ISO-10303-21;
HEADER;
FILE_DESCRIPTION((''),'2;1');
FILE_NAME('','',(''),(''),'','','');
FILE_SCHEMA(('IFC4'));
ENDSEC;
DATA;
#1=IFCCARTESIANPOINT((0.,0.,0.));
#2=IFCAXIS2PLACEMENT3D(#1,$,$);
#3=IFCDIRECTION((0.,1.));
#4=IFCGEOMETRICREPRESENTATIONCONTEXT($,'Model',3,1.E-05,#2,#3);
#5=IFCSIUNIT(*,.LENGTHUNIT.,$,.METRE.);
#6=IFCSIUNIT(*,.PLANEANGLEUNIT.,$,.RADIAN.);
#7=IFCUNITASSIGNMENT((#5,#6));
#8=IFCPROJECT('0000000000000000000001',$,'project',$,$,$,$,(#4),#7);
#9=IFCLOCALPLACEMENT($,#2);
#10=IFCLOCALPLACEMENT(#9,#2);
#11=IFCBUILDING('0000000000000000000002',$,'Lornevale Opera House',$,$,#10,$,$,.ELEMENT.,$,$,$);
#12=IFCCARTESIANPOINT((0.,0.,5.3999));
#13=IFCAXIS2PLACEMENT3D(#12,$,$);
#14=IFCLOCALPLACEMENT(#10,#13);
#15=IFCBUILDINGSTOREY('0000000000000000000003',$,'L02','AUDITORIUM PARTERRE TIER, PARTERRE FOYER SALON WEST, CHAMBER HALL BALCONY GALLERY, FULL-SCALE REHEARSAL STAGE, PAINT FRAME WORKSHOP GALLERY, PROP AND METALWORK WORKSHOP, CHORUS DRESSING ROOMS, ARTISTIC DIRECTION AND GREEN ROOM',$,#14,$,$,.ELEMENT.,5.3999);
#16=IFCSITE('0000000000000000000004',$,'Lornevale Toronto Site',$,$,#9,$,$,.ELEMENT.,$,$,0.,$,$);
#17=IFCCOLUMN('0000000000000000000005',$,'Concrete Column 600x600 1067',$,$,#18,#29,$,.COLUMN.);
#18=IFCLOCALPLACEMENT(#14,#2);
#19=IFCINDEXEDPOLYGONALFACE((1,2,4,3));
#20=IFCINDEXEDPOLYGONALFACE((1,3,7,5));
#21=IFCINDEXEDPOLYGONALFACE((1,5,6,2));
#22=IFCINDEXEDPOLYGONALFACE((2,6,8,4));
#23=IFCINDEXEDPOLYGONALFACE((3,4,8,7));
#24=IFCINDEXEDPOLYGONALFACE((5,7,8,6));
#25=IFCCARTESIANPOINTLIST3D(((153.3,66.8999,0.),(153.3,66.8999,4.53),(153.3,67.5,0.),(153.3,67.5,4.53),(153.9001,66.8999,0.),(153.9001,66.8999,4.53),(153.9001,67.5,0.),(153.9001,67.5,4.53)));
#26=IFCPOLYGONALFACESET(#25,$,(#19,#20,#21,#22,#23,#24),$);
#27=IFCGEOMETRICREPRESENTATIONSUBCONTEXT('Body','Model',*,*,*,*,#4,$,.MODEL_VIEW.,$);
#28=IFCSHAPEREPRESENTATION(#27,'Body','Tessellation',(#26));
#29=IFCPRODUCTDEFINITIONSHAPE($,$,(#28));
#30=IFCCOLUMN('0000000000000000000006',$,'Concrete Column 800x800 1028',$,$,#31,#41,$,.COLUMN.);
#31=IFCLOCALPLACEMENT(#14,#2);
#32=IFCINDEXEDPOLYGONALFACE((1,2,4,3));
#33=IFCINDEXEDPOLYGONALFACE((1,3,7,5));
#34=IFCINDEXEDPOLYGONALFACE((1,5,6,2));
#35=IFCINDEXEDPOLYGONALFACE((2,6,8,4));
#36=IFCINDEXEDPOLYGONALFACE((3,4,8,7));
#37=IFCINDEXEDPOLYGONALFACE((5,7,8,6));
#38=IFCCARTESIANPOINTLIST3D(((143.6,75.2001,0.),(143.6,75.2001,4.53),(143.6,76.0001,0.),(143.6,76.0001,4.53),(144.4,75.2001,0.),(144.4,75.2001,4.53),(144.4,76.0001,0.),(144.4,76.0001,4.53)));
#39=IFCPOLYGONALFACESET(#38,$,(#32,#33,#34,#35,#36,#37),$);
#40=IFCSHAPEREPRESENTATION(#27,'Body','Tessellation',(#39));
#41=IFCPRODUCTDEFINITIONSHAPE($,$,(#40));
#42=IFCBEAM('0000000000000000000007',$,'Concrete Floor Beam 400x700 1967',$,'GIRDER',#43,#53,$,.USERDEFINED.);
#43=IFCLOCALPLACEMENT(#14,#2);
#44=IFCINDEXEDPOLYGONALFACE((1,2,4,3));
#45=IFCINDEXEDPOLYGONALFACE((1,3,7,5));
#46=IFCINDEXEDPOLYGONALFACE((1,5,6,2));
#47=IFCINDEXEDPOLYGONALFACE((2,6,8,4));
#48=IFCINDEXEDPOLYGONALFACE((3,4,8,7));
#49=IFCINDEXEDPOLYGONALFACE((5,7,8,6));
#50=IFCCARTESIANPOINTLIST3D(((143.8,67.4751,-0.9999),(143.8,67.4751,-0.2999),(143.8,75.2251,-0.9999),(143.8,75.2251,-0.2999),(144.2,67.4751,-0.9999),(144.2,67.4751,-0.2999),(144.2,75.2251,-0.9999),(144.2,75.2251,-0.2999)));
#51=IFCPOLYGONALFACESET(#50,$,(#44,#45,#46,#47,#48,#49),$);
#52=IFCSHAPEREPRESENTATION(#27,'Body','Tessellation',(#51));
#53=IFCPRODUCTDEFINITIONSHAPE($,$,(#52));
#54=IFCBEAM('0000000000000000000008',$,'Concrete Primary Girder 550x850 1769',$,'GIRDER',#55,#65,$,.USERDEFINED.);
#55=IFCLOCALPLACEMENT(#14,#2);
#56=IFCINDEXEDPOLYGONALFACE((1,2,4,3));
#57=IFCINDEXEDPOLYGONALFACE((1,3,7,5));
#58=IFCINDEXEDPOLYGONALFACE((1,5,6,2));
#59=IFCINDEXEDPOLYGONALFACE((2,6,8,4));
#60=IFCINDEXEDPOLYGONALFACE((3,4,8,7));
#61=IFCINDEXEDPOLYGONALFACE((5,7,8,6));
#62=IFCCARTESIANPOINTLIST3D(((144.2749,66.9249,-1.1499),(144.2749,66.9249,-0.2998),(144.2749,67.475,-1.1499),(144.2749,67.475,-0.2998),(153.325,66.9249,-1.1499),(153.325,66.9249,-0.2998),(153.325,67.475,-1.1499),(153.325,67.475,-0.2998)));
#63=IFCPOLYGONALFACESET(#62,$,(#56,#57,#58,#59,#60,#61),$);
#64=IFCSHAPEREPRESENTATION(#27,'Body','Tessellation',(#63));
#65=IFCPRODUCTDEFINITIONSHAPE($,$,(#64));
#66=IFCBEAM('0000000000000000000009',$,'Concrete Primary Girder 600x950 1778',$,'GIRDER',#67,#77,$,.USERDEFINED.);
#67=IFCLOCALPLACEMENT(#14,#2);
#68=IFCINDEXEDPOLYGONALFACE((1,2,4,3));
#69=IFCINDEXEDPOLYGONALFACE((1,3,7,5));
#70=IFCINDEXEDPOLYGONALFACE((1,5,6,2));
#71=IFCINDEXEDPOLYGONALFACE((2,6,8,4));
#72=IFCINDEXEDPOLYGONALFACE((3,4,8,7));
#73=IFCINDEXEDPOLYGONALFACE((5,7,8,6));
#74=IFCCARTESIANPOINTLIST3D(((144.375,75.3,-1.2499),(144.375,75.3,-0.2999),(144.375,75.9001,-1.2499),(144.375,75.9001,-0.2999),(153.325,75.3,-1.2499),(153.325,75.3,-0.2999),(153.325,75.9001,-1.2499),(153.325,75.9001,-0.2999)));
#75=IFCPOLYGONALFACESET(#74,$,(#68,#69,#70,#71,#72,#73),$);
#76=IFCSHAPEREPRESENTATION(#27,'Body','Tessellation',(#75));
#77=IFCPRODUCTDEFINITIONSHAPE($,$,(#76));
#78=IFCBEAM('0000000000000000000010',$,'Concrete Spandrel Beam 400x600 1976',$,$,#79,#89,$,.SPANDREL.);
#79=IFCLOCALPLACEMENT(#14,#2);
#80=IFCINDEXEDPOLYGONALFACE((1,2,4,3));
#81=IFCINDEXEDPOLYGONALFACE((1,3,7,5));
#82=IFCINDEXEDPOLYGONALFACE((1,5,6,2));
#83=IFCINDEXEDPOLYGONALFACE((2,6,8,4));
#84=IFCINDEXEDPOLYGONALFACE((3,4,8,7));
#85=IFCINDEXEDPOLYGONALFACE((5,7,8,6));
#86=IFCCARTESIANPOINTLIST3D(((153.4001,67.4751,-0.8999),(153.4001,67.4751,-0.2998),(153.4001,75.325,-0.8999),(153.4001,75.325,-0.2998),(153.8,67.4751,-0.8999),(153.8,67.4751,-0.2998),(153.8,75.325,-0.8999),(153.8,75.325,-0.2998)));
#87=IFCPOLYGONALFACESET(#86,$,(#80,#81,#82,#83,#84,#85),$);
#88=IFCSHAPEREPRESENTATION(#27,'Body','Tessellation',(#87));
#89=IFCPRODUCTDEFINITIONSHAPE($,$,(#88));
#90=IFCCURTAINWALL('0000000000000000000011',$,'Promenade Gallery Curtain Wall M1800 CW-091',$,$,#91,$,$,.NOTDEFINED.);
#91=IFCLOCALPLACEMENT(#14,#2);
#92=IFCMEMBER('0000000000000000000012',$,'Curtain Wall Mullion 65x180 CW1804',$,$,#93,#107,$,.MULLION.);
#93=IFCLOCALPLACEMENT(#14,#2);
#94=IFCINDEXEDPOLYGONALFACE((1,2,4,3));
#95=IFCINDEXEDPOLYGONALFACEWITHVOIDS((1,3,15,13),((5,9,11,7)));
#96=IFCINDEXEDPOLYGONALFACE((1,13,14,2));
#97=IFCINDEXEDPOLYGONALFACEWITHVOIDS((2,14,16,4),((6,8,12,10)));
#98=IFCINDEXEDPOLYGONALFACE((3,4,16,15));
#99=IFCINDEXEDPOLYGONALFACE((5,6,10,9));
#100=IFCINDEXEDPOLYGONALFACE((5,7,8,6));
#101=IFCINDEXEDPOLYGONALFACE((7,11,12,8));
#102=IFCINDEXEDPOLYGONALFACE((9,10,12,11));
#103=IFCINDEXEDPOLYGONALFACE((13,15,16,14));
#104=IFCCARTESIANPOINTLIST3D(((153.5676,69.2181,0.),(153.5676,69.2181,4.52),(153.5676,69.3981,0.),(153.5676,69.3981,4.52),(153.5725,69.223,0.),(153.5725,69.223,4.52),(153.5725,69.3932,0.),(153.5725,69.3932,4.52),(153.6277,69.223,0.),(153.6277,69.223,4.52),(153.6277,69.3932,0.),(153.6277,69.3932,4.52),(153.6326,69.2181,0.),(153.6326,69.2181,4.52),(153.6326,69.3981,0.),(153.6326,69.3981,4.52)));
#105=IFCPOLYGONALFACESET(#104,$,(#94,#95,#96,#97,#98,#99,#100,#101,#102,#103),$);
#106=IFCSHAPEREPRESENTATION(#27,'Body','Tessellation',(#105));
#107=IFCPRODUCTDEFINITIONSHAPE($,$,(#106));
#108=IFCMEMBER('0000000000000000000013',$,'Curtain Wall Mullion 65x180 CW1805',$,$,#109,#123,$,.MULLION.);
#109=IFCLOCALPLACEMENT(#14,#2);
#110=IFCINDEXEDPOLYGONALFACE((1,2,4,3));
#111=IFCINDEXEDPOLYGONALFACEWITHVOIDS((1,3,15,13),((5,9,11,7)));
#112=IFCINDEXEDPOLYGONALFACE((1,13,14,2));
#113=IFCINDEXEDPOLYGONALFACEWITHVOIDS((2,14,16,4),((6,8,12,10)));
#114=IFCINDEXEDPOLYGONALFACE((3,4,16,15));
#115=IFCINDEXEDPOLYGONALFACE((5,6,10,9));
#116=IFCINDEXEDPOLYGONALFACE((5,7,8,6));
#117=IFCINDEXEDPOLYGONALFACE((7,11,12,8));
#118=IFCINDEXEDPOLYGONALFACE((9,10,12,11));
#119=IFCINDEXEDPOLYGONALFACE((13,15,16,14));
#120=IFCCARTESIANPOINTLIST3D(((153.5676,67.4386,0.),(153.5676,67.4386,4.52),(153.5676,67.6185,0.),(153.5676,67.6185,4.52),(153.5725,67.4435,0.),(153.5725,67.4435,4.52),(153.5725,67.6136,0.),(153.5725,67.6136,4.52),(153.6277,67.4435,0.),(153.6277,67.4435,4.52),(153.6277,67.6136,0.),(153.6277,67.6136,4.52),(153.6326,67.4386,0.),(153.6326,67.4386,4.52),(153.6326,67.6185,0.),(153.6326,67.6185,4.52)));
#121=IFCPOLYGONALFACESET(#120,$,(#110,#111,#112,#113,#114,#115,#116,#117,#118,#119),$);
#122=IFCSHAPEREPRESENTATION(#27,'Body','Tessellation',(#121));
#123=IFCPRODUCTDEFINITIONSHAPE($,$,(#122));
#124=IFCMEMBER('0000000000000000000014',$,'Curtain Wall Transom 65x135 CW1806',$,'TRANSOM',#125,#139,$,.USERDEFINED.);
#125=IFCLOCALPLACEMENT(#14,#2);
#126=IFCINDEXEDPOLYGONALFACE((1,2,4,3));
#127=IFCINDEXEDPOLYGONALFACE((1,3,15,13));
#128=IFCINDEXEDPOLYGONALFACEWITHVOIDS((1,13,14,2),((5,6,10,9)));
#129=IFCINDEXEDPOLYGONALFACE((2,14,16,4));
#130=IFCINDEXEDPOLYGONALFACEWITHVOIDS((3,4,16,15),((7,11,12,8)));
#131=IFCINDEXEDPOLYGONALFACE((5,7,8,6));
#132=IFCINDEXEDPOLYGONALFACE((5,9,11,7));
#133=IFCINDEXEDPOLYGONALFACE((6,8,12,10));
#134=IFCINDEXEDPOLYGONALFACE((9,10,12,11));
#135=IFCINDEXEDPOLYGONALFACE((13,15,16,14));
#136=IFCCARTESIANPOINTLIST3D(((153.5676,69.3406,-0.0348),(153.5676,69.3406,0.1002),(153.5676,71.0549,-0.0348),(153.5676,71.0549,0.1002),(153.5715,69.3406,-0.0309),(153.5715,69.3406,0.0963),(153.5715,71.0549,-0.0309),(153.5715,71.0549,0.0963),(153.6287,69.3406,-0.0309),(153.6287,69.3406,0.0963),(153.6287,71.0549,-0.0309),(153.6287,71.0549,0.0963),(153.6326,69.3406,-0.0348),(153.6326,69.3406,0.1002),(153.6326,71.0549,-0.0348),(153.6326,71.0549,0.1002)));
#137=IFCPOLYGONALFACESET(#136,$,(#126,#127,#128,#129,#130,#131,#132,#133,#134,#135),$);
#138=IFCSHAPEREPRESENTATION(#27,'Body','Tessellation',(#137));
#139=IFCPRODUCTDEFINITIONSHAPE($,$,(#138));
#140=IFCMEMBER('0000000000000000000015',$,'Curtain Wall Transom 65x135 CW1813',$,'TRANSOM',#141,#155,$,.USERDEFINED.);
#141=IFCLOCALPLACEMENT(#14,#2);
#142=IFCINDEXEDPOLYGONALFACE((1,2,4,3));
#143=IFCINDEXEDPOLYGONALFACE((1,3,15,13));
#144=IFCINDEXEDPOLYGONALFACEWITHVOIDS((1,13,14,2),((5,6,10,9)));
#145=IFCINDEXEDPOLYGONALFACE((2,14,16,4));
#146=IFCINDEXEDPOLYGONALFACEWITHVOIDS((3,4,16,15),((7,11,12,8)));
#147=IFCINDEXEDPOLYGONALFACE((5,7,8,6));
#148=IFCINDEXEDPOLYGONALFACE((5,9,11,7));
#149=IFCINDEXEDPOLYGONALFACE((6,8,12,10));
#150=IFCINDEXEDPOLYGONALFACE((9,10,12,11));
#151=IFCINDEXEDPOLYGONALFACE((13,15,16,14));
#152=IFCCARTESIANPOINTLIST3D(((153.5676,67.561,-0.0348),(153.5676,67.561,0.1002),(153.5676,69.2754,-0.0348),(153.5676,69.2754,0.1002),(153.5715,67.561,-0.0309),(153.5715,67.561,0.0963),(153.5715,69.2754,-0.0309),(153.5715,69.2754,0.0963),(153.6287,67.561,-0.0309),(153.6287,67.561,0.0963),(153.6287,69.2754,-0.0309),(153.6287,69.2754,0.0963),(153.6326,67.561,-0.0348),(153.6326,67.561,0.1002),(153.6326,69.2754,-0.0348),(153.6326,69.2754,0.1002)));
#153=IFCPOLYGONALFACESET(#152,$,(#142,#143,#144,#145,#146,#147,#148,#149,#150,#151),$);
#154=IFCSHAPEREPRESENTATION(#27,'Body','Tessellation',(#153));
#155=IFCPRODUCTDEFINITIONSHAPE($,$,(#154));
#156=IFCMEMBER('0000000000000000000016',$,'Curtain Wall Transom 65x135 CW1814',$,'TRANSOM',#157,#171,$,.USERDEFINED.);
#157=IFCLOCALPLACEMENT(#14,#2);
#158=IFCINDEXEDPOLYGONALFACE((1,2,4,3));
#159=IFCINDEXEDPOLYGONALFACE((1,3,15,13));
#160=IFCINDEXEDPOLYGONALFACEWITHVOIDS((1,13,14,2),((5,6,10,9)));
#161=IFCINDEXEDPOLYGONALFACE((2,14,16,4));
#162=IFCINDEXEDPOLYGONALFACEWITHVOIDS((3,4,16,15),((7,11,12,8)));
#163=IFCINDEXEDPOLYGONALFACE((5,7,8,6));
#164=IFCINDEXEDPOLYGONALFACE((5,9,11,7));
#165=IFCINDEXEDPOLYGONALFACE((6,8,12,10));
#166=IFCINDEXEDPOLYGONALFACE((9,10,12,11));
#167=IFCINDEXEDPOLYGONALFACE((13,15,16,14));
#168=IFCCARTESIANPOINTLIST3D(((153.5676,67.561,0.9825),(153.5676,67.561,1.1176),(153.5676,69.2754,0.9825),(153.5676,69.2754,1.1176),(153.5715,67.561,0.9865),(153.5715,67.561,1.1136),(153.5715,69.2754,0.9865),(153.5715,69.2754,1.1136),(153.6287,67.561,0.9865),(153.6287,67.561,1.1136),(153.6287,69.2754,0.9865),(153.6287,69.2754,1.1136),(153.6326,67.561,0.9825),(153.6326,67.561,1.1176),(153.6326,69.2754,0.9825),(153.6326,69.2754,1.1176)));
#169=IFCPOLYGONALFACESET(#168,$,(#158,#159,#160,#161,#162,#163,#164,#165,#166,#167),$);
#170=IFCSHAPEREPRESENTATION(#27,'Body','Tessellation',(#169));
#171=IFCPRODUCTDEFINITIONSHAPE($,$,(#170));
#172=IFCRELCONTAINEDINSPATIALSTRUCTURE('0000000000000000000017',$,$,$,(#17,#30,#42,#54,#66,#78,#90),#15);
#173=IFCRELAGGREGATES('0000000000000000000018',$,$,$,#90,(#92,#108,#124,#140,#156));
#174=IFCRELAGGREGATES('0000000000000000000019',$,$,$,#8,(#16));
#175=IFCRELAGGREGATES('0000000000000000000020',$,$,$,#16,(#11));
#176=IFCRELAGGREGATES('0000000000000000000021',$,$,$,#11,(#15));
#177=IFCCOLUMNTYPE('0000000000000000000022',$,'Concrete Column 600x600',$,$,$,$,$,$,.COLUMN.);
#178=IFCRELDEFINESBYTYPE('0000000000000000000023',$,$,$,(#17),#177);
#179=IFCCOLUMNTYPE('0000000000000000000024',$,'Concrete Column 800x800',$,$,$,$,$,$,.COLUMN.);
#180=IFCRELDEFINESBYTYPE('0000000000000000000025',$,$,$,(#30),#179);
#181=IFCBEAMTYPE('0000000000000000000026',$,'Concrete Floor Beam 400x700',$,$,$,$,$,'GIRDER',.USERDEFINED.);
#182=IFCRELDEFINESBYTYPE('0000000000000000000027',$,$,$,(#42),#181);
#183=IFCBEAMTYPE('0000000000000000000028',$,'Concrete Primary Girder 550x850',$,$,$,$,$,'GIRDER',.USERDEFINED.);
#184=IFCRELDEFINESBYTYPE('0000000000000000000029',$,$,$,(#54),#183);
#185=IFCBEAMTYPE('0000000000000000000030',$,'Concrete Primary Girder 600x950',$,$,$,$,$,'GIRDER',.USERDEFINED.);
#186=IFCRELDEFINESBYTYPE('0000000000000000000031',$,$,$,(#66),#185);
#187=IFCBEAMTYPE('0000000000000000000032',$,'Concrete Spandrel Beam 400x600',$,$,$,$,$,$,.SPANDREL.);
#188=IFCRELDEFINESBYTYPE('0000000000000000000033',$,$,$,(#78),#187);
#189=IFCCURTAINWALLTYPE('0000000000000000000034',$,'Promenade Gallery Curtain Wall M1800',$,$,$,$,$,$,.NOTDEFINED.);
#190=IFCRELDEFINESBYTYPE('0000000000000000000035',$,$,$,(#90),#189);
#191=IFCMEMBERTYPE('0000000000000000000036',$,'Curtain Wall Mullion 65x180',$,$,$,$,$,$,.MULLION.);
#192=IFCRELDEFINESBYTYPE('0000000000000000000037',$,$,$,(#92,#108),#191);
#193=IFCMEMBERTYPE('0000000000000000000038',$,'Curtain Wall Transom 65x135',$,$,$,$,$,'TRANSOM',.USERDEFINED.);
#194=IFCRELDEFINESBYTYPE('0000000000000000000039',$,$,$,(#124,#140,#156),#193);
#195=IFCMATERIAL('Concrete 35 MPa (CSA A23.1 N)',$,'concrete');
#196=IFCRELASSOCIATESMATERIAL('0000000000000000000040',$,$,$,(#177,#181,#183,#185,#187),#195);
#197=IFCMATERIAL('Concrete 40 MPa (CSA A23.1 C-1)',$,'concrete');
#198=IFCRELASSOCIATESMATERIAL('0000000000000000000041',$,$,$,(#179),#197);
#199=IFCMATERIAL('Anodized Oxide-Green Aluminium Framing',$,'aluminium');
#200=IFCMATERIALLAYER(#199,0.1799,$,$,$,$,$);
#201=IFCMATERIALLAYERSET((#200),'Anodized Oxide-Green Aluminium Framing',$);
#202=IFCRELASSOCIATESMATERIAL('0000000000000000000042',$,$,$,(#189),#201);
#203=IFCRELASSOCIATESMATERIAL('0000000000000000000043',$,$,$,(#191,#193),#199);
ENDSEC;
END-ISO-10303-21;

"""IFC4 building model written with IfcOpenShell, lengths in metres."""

from ifc_helpers import new_model, si_unit, direction, frame, origin, origin_2d, place, context, subcontext, project, spatial, rectangle, hollow_rectangle, extrude, material, layer, layer_set, material_profile, profile_set, type_object, element, aggregate, save


model = new_model("IFC4")

# Units and contexts
model_context = context("Model", 3, precision=1e-05, world=origin(), true_north=direction((0.0, 1.0)))
body_context = subcontext(model_context, "Body", "Model", "MODEL_VIEW")
ifc_project = project(units=[si_unit("LENGTHUNIT", "METRE"), si_unit("PLANEANGLEUNIT", "RADIAN")], contexts=[model_context])

# Site, building, storey
site_placement = place(None, origin())
site = spatial("IfcSite", under=ifc_project, at=site_placement, Name="Lornevale Toronto Site", CompositionType="ELEMENT", RefElevation=0.0)
building_placement = place(site_placement, origin())
building = spatial("IfcBuilding", under=site, at=building_placement, Name="Lornevale Opera House", CompositionType="ELEMENT")
storey_placement = place(building_placement, frame((0.0, 0.0, 5.3999)))
storey = spatial("IfcBuildingStorey", under=building, at=storey_placement, Name="L02", Description="AUDITORIUM PARTERRE TIER, PARTERRE FOYER SALON WEST, CHAMBER HALL BALCONY GALLERY, FULL-SCALE REHEARSAL STAGE, PAINT FRAME WORKSHOP GALLERY, PROP AND METALWORK WORKSHOP, CHORUS DRESSING ROOMS, ARTISTIC DIRECTION AND GREEN ROOM", CompositionType="ELEMENT", Elevation=5.3999)

# Columns
ifc_material_1 = material(Name="Concrete 35 MPa (CSA A23.1 N)", Category="concrete")
ifc_material_profile_1 = material_profile(ifc_material_1, rectangle(XDim=0.6001, YDim=0.6001, at=origin_2d()), Name="RC600x600")
ifc_profile_set_1 = profile_set([ifc_material_profile_1], Name="Concrete 35 MPa (CSA A23.1 N)")
column_type_1 = type_object("IfcColumnType", Name="Concrete Column 600x600", PredefinedType="COLUMN", material=ifc_profile_set_1)
column_1_placement = place(storey_placement, frame((153.6001, 67.2, 0.0), z_axis=(0.0, 0.0, 1.0), x_axis=(1.0, 0.0, 0.0)))
element("IfcColumn", 1, at=column_1_placement, inside=storey, type_object=column_type_1, Name="Concrete Column 600x600 1067", PredefinedType="COLUMN", context=body_context, shape_type="SweptSolid", body=[
    extrude(rectangle(XDim=0.6001, YDim=0.6001, at=origin_2d()), origin(), (0.0, 0.0, 1.0), 4.53),
])
ifc_material_2 = material(Name="Concrete 40 MPa (CSA A23.1 C-1)", Category="concrete")
ifc_material_profile_2 = material_profile(ifc_material_2, rectangle(XDim=0.8, YDim=0.8, at=origin_2d()), Name="RC800x800")
ifc_profile_set_2 = profile_set([ifc_material_profile_2], Name="Concrete 40 MPa (CSA A23.1 C-1)")
column_type_2 = type_object("IfcColumnType", Name="Concrete Column 800x800", PredefinedType="COLUMN", material=ifc_profile_set_2)
column_2_placement = place(storey_placement, frame((144.0, 75.6001, 0.0), z_axis=(0.0, 0.0, 1.0), x_axis=(1.0, 0.0, 0.0)))
element("IfcColumn", 2, at=column_2_placement, inside=storey, type_object=column_type_2, Name="Concrete Column 800x800 1028", PredefinedType="COLUMN", context=body_context, shape_type="SweptSolid", body=[
    extrude(rectangle(XDim=0.8, YDim=0.8, at=origin_2d()), origin(), (0.0, 0.0, 1.0), 4.53),
])

# Beams
ifc_material_profile_3 = material_profile(ifc_material_1, rectangle(XDim=0.3999, YDim=0.7, at=origin_2d()), Name="RC400x700")
ifc_profile_set_3 = profile_set([ifc_material_profile_3], Name="Concrete 35 MPa (CSA A23.1 N)")
beam_type_1 = type_object("IfcBeamType", Name="Concrete Floor Beam 400x700", ElementType="GIRDER", PredefinedType="USERDEFINED", material=ifc_profile_set_3)
beam_1_placement = place(storey_placement, frame((144.0, 67.4751, -0.6499), z_axis=(0.0, 1.0, 0.0), x_axis=(-1.0, 0.0, 0.0)))
element("IfcBeam", 3, at=beam_1_placement, inside=storey, type_object=beam_type_1, Name="Concrete Floor Beam 400x700 1967", ObjectType="GIRDER", PredefinedType="USERDEFINED", context=body_context, shape_type="SweptSolid", body=[
    extrude(rectangle(XDim=0.3999, YDim=0.7, at=origin_2d()), origin(), (0.0, 0.0, 1.0), 7.75),
])
ifc_material_profile_4 = material_profile(ifc_material_1, rectangle(XDim=0.55, YDim=0.8501, at=origin_2d()), Name="RC550x850")
ifc_profile_set_4 = profile_set([ifc_material_profile_4], Name="Concrete 35 MPa (CSA A23.1 N)")
beam_type_2 = type_object("IfcBeamType", Name="Concrete Primary Girder 550x850", ElementType="GIRDER", PredefinedType="USERDEFINED", material=ifc_profile_set_4)
beam_2_placement = place(storey_placement, frame((144.2749, 67.2, -0.7249), z_axis=(1.0, 0.0, 0.0), x_axis=(0.0, 1.0, 0.0)))
element("IfcBeam", 4, at=beam_2_placement, inside=storey, type_object=beam_type_2, Name="Concrete Primary Girder 550x850 1769", ObjectType="GIRDER", PredefinedType="USERDEFINED", context=body_context, shape_type="SweptSolid", body=[
    extrude(rectangle(XDim=0.55, YDim=0.8501, at=origin_2d()), origin(), (0.0, 0.0, 1.0), 9.05),
])
ifc_material_profile_5 = material_profile(ifc_material_1, rectangle(XDim=0.6001, YDim=0.95, at=origin_2d()), Name="RC600x950")
ifc_profile_set_5 = profile_set([ifc_material_profile_5], Name="Concrete 35 MPa (CSA A23.1 N)")
beam_type_3 = type_object("IfcBeamType", Name="Concrete Primary Girder 600x950", ElementType="GIRDER", PredefinedType="USERDEFINED", material=ifc_profile_set_5)
beam_3_placement = place(storey_placement, frame((144.375, 75.6001, -0.7749), z_axis=(1.0, 0.0, 0.0), x_axis=(0.0, 1.0, 0.0)))
element("IfcBeam", 5, at=beam_3_placement, inside=storey, type_object=beam_type_3, Name="Concrete Primary Girder 600x950 1778", ObjectType="GIRDER", PredefinedType="USERDEFINED", context=body_context, shape_type="SweptSolid", body=[
    extrude(rectangle(XDim=0.6001, YDim=0.95, at=origin_2d()), origin(), (0.0, 0.0, 1.0), 8.95),
])
ifc_material_profile_6 = material_profile(ifc_material_1, rectangle(XDim=0.3999, YDim=0.6001, at=origin_2d()), Name="RC400x600")
ifc_profile_set_6 = profile_set([ifc_material_profile_6], Name="Concrete 35 MPa (CSA A23.1 N)")
beam_type_4 = type_object("IfcBeamType", Name="Concrete Spandrel Beam 400x600", PredefinedType="SPANDREL", material=ifc_profile_set_6)
beam_4_placement = place(storey_placement, frame((153.6001, 67.4751, -0.5999), z_axis=(0.0, 1.0, 0.0), x_axis=(-1.0, 0.0, 0.0)))
element("IfcBeam", 6, at=beam_4_placement, inside=storey, type_object=beam_type_4, Name="Concrete Spandrel Beam 400x600 1976", PredefinedType="SPANDREL", context=body_context, shape_type="SweptSolid", body=[
    extrude(rectangle(XDim=0.3999, YDim=0.6001, at=origin_2d()), origin(), (0.0, 0.0, 1.0), 7.8499),
])

# Curtain wall, members
ifc_material_3 = material(Name="Anodized Oxide-Green Aluminium Framing", Category="aluminium")
ifc_layer_1 = layer(ifc_material_3, 0.1799)
ifc_layer_set_1 = layer_set([ifc_layer_1], Name="Anodized Oxide-Green Aluminium Framing")
curtain_wall_type = type_object("IfcCurtainWallType", Name="Promenade Gallery Curtain Wall M1800", PredefinedType="NOTDEFINED", material=ifc_layer_set_1)
curtain_wall_placement = place(storey_placement, origin())
curtain_wall = element("IfcCurtainWall", 7, at=curtain_wall_placement, inside=storey, type_object=curtain_wall_type, Name="Promenade Gallery Curtain Wall M1800 CW-091", PredefinedType="NOTDEFINED")
ifc_material_profile_7 = material_profile(ifc_material_3, hollow_rectangle(XDim=0.0649, YDim=0.1799, WallThickness=0.0049, at=origin_2d()), Name="ALU65x180x5")
ifc_profile_set_7 = profile_set([ifc_material_profile_7], Name="Anodized Oxide-Green Aluminium Framing")
member_type_1 = type_object("IfcMemberType", Name="Curtain Wall Mullion 65x180", PredefinedType="MULLION", material=ifc_profile_set_7)
member_1_placement = place(storey_placement, frame((153.6001, 69.3081, 0.0), z_axis=(0.0, 0.0, 1.0), x_axis=(1.0, 0.0, 0.0)))
member_1 = element("IfcMember", 8, at=member_1_placement, type_object=member_type_1, Name="Curtain Wall Mullion 65x180 CW1804", PredefinedType="MULLION", context=body_context, shape_type="SweptSolid", body=[
    extrude(hollow_rectangle(XDim=0.0649, YDim=0.1799, WallThickness=0.0049, at=origin_2d()), origin(), (0.0, 0.0, 1.0), 4.52),
])
member_2_placement = place(storey_placement, frame((153.6001, 67.5286, 0.0), z_axis=(0.0, 0.0, 1.0), x_axis=(1.0, 0.0, 0.0)))
member_2 = element("IfcMember", 9, at=member_2_placement, type_object=member_type_1, Name="Curtain Wall Mullion 65x180 CW1805", PredefinedType="MULLION", context=body_context, shape_type="SweptSolid", body=[
    extrude(hollow_rectangle(XDim=0.0649, YDim=0.1799, WallThickness=0.0049, at=origin_2d()), origin(), (0.0, 0.0, 1.0), 4.52),
])
ifc_material_profile_8 = material_profile(ifc_material_3, hollow_rectangle(XDim=0.0649, YDim=0.135, WallThickness=0.0039, at=origin_2d()), Name="ALU65x135x4")
ifc_profile_set_8 = profile_set([ifc_material_profile_8], Name="Anodized Oxide-Green Aluminium Framing")
member_type_2 = type_object("IfcMemberType", Name="Curtain Wall Transom 65x135", ElementType="TRANSOM", PredefinedType="USERDEFINED", material=ifc_profile_set_8)
member_3_placement = place(storey_placement, frame((153.6001, 71.0549, 0.0327), z_axis=(0.0, -1.0, 0.0), x_axis=(1.0, 0.0, 0.0)))
member_3 = element("IfcMember", 10, at=member_3_placement, type_object=member_type_2, Name="Curtain Wall Transom 65x135 CW1806", ObjectType="TRANSOM", PredefinedType="USERDEFINED", context=body_context, shape_type="SweptSolid", body=[
    extrude(hollow_rectangle(XDim=0.0649, YDim=0.135, WallThickness=0.0039, at=origin_2d()), origin(), (0.0, 0.0, 1.0), 1.7144),
])
member_4_placement = place(storey_placement, frame((153.6001, 69.2754, 0.0327), z_axis=(0.0, -1.0, 0.0), x_axis=(1.0, 0.0, 0.0)))
member_4 = element("IfcMember", 11, at=member_4_placement, type_object=member_type_2, Name="Curtain Wall Transom 65x135 CW1813", ObjectType="TRANSOM", PredefinedType="USERDEFINED", context=body_context, shape_type="SweptSolid", body=[
    extrude(hollow_rectangle(XDim=0.0649, YDim=0.135, WallThickness=0.0039, at=origin_2d()), origin(), (0.0, 0.0, 1.0), 1.7144),
])
member_5_placement = place(storey_placement, frame((153.6001, 69.2754, 1.05), z_axis=(0.0, -1.0, 0.0), x_axis=(1.0, 0.0, 0.0)))
member_5 = element("IfcMember", 12, at=member_5_placement, type_object=member_type_2, Name="Curtain Wall Transom 65x135 CW1814", ObjectType="TRANSOM", PredefinedType="USERDEFINED", context=body_context, shape_type="SweptSolid", body=[
    extrude(hollow_rectangle(XDim=0.0649, YDim=0.135, WallThickness=0.0039, at=origin_2d()), origin(), (0.0, 0.0, 1.0), 1.7144),
])

aggregate(curtain_wall, [member_1, member_2, member_3, member_4, member_5])

save(model, "model.ifc")
